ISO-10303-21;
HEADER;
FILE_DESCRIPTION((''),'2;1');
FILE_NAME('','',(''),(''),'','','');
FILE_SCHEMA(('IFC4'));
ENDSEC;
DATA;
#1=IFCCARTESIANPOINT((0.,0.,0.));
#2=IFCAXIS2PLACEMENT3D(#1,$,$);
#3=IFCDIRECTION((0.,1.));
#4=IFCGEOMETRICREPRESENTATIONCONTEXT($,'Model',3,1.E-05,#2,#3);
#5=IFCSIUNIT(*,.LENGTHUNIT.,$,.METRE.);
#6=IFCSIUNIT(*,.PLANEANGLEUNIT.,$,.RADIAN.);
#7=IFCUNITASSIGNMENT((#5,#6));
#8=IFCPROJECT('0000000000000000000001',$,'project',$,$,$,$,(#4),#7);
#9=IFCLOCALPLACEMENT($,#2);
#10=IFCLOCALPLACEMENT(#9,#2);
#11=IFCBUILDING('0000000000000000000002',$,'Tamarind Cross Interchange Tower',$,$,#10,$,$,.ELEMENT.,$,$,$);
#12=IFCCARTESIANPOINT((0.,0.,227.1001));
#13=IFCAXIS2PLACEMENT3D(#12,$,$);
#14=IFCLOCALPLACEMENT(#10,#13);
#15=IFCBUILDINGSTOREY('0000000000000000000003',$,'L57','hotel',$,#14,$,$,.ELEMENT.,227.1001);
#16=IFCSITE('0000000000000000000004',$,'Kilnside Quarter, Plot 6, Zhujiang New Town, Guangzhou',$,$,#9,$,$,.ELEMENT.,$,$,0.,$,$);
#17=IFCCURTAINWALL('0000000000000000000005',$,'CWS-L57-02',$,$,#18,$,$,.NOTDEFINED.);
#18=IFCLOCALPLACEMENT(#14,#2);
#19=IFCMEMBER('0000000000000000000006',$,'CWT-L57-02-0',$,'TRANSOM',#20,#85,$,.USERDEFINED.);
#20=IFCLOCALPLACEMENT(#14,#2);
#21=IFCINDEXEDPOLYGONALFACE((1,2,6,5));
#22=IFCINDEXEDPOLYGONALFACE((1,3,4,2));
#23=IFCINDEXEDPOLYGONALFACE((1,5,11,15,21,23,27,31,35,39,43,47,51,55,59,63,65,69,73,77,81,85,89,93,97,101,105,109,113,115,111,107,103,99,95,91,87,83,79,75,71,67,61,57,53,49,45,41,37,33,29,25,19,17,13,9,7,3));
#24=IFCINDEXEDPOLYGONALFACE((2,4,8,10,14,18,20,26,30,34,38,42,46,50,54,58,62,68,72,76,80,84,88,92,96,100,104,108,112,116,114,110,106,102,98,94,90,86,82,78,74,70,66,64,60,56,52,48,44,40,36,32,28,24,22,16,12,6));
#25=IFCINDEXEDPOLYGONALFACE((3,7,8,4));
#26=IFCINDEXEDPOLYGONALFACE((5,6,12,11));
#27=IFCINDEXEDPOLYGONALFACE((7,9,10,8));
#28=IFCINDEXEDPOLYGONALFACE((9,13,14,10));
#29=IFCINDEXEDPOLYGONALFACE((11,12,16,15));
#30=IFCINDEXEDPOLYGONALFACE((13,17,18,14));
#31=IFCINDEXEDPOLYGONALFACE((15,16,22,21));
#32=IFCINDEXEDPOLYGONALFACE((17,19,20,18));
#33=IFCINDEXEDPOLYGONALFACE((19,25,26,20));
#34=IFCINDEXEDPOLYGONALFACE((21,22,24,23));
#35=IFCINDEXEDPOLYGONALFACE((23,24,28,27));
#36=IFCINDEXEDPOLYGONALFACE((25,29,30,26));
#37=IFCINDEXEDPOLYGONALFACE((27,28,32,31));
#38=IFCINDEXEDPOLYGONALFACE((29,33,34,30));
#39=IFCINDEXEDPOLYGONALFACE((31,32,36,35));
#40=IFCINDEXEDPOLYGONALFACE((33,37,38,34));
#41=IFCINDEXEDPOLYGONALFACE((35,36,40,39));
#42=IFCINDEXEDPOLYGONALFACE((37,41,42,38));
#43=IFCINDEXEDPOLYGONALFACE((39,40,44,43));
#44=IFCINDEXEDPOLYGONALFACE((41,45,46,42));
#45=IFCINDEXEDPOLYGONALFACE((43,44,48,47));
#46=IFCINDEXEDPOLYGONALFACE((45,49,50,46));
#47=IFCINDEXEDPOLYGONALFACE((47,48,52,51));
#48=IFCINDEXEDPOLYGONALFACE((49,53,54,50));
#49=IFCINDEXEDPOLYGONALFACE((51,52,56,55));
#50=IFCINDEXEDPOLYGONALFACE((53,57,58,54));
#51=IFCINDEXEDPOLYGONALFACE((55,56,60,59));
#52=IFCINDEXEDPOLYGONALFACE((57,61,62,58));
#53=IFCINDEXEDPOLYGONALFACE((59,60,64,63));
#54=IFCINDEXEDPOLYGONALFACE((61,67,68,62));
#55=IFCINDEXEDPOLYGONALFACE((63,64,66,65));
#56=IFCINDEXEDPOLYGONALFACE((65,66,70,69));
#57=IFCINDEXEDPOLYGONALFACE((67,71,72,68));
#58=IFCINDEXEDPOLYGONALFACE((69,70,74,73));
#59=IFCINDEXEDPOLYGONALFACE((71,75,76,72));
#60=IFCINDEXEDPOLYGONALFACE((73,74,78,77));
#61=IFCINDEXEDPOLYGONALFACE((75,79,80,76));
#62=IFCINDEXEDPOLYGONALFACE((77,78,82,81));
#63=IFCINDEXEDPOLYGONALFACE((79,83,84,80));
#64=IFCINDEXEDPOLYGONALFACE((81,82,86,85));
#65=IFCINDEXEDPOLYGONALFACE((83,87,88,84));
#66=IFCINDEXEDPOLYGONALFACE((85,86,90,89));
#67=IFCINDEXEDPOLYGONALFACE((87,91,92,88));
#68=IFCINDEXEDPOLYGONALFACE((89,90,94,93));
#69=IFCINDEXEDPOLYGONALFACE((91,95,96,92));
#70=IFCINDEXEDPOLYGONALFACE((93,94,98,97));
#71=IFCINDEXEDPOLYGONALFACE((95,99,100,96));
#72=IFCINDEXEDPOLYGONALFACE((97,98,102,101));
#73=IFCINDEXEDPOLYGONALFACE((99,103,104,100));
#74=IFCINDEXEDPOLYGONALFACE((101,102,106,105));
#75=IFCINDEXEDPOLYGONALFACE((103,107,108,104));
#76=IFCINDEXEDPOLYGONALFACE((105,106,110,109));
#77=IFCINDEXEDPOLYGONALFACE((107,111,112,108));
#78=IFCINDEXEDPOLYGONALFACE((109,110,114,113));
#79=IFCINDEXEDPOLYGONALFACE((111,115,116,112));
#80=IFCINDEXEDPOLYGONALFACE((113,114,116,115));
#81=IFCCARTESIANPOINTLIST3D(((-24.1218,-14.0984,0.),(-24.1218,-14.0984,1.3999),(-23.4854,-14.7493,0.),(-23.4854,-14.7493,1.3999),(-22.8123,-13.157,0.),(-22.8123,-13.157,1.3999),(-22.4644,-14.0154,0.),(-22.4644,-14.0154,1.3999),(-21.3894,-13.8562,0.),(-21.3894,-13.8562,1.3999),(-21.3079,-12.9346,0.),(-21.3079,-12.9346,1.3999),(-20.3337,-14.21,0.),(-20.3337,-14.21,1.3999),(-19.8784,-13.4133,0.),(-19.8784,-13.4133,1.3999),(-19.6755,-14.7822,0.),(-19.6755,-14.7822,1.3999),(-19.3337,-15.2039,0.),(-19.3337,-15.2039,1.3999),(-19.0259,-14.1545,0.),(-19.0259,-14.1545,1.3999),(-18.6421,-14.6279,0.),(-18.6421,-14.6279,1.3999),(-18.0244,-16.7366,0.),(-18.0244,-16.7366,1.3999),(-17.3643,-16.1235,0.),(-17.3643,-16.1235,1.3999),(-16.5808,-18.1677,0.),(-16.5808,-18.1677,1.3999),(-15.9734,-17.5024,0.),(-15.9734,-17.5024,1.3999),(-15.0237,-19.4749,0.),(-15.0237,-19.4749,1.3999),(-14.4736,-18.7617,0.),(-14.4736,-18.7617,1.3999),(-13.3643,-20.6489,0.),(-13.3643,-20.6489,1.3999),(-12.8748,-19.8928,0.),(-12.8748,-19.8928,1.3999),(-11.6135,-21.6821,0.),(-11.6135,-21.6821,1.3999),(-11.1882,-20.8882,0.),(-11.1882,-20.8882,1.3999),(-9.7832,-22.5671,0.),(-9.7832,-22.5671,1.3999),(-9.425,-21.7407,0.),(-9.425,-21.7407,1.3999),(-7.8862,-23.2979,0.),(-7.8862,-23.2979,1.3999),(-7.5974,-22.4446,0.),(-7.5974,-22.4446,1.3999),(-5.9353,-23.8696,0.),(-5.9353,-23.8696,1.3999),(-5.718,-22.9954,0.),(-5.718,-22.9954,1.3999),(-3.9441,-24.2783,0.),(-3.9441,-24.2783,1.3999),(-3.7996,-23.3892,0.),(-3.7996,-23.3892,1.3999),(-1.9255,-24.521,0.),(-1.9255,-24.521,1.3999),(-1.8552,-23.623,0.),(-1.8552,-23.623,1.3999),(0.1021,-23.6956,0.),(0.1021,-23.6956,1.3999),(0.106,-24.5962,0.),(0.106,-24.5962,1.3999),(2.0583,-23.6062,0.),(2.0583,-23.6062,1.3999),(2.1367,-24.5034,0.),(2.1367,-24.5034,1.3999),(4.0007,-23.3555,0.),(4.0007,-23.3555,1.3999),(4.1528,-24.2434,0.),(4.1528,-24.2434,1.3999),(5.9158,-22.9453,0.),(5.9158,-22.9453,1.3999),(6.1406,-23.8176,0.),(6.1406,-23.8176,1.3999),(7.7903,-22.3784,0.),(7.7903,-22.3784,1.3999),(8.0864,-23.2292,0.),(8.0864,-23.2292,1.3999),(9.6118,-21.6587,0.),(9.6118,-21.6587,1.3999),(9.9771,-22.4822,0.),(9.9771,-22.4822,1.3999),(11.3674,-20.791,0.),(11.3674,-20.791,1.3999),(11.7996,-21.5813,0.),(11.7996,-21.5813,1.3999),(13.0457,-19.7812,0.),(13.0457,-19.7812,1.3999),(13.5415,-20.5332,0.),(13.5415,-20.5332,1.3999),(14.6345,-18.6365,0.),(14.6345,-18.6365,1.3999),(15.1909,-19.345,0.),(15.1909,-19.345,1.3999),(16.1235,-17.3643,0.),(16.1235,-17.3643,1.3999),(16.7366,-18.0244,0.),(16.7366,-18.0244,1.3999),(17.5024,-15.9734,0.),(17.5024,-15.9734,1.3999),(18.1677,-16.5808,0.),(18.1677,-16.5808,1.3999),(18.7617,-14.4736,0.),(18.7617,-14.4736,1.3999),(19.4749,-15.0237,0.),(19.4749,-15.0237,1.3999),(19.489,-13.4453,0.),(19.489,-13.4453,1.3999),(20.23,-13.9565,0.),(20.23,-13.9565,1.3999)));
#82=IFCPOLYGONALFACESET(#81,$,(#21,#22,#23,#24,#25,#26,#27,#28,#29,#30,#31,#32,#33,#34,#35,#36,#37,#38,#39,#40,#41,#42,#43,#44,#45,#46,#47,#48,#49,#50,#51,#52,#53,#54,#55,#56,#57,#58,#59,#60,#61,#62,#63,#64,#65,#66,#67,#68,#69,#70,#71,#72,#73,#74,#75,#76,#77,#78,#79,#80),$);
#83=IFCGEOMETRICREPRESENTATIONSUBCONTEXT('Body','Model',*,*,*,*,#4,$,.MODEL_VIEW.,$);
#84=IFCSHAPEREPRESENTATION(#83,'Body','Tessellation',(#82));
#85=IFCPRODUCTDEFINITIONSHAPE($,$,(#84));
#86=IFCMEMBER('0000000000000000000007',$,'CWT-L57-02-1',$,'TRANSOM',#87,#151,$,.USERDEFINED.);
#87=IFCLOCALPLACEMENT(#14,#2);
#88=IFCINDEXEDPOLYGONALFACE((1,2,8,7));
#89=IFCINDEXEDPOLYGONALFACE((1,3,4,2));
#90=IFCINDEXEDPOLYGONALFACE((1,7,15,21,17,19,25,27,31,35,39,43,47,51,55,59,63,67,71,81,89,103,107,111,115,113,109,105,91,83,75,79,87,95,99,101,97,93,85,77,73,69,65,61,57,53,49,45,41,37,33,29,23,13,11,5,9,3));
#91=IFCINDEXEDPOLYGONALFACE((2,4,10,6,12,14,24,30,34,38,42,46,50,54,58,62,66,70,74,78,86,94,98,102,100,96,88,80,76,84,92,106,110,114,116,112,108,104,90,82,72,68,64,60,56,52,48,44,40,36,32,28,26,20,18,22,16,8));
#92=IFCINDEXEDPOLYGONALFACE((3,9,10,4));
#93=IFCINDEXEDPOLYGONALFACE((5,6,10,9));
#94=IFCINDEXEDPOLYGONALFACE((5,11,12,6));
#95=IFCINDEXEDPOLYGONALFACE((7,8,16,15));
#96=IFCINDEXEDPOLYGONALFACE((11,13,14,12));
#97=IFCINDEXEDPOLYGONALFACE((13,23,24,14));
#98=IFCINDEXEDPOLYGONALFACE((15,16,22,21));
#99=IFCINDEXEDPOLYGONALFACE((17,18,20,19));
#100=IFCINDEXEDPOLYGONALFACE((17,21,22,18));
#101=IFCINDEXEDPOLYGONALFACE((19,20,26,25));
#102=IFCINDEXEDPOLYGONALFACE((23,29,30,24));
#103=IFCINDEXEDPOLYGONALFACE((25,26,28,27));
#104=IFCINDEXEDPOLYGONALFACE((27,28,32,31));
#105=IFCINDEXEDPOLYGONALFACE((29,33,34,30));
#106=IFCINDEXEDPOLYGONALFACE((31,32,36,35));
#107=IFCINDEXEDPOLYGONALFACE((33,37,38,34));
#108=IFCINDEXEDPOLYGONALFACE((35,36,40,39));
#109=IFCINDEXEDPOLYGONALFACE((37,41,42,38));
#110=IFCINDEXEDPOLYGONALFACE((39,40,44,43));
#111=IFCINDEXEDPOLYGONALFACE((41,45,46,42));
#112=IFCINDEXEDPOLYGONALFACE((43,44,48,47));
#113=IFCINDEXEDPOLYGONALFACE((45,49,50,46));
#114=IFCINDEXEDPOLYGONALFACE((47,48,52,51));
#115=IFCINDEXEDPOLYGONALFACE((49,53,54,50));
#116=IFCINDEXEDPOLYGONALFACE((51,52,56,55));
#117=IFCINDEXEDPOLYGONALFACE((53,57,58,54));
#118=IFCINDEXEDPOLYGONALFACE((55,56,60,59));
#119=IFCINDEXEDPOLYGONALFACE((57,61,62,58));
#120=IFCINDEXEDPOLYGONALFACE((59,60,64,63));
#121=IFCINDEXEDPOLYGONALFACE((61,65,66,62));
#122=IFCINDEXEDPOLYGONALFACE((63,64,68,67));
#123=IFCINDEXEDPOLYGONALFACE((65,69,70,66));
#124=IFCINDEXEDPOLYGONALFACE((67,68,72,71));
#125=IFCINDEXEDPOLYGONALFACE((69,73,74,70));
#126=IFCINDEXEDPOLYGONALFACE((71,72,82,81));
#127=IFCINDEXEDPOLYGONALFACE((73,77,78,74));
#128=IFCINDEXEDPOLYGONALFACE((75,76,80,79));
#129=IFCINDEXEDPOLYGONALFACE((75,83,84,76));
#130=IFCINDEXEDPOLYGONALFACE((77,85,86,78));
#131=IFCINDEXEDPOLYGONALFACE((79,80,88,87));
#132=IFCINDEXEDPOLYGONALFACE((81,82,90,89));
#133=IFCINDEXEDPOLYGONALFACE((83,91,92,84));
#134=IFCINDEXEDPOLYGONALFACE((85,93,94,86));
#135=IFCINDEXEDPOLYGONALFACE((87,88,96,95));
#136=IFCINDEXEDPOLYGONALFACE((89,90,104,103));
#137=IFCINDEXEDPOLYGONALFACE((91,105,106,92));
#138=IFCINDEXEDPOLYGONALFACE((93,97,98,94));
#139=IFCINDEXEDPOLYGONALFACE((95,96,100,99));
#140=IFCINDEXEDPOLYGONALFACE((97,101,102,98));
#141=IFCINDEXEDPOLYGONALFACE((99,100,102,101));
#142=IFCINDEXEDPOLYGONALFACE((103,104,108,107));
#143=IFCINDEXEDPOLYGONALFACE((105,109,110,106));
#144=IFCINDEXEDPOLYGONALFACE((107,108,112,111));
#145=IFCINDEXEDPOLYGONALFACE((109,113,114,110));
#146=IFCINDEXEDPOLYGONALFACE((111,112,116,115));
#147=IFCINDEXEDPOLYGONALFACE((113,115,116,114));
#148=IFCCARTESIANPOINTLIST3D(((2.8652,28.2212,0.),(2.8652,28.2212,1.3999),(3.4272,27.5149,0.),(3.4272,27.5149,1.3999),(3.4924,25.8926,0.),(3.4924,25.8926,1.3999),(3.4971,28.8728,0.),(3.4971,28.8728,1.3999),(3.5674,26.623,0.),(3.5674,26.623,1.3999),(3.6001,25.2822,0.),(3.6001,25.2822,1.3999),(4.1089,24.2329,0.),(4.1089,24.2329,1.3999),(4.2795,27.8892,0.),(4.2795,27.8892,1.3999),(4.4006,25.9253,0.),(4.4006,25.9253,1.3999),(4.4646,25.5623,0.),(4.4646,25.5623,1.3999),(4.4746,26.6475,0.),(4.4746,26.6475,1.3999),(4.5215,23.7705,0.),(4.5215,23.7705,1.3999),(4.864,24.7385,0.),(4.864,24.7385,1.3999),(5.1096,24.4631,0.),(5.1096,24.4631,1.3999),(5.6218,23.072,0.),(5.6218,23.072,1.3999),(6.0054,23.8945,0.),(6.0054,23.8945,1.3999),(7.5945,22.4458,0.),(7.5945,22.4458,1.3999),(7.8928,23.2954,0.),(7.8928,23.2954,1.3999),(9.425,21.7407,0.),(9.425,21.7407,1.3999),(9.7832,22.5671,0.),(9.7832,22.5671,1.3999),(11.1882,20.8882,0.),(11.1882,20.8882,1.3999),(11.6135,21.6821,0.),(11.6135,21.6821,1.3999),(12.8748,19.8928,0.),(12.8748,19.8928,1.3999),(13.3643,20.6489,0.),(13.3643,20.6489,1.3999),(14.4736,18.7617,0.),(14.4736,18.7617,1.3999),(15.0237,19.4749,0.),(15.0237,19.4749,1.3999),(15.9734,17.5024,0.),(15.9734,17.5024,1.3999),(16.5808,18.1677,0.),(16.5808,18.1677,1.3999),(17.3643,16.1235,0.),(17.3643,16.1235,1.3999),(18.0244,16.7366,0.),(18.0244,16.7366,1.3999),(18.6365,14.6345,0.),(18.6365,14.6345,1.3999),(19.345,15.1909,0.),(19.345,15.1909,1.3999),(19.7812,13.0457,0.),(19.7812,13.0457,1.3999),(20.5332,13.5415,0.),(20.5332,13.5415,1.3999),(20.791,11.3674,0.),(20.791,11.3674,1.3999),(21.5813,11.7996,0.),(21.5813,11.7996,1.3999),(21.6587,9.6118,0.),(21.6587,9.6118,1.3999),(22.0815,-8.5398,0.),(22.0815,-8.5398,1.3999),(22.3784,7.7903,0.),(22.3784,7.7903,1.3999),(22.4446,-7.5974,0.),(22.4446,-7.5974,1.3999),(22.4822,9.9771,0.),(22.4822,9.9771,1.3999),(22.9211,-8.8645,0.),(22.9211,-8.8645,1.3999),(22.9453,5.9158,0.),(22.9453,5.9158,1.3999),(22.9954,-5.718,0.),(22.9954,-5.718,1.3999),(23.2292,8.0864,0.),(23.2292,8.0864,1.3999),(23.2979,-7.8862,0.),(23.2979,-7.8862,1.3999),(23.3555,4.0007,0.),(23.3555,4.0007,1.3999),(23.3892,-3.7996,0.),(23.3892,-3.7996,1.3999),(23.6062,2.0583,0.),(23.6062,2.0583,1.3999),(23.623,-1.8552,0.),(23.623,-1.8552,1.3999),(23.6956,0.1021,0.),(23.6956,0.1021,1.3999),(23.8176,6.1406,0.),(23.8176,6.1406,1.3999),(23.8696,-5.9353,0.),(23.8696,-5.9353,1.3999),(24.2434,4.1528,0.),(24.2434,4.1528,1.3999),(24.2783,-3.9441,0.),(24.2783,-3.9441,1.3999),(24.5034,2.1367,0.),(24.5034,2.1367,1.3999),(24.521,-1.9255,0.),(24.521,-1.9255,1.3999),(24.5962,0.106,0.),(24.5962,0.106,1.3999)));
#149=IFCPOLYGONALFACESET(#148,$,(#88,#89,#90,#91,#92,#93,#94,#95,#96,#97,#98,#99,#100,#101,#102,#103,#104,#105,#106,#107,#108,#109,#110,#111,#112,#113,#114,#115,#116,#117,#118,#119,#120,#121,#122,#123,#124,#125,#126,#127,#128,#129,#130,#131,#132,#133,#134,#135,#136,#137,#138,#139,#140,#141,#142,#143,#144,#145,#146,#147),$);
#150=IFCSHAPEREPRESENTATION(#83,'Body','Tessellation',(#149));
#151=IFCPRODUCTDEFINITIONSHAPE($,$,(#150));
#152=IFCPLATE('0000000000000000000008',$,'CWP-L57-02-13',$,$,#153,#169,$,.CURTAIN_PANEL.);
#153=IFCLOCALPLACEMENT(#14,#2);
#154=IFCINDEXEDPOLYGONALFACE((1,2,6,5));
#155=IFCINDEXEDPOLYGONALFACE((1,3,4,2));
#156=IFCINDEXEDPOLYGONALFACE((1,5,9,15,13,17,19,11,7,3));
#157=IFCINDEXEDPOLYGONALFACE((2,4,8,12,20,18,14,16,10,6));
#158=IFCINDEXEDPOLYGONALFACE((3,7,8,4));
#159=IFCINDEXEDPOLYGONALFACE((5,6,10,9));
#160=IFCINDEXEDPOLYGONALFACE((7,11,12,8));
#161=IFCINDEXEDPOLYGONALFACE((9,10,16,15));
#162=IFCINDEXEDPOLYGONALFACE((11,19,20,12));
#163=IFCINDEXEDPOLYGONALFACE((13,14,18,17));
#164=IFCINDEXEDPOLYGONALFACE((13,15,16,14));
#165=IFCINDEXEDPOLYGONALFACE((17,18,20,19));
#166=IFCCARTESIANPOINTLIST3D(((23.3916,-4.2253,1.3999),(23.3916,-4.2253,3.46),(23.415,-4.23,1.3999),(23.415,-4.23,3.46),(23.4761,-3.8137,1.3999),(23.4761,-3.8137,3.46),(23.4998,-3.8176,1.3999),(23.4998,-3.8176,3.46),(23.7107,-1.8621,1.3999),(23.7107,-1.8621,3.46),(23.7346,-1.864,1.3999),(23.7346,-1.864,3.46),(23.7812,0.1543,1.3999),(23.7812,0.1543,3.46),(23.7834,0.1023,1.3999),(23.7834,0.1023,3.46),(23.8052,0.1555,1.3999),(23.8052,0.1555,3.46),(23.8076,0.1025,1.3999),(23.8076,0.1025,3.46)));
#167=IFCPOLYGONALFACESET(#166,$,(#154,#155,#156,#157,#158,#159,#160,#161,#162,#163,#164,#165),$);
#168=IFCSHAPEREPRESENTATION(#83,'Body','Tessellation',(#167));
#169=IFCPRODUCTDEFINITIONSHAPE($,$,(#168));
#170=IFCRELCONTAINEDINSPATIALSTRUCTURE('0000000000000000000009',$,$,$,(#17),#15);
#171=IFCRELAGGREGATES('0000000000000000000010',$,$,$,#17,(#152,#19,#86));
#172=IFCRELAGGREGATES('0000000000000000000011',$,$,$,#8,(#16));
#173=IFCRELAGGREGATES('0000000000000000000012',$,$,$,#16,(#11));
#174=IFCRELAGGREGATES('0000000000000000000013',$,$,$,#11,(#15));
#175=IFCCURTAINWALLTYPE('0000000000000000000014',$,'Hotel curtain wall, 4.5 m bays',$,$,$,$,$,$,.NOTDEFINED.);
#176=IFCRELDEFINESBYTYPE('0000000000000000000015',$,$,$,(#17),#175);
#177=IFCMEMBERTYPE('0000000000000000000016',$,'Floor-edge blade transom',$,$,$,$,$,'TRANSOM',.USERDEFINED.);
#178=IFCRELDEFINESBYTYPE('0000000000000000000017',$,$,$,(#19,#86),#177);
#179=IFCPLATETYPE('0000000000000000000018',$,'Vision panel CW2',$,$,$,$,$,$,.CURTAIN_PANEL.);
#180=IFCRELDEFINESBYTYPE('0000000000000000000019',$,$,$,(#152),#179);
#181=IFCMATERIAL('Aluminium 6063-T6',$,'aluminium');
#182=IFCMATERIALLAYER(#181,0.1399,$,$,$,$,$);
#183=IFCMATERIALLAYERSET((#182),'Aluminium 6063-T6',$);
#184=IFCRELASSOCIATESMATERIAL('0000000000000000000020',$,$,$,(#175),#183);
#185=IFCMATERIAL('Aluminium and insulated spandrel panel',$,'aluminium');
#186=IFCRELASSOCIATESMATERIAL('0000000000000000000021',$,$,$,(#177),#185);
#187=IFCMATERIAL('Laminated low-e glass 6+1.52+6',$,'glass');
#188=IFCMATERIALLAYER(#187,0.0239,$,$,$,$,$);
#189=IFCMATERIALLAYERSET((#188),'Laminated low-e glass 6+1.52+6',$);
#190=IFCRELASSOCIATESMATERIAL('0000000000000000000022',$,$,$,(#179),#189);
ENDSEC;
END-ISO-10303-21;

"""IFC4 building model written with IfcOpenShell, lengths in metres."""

from ifc_helpers import new_model, si_unit, direction, frame, origin, place, context, subcontext, project, spatial, polyline, outline, extrude, material, layer, layer_set, type_object, element, aggregate, save


model = new_model("IFC4")

# Units and contexts
model_context = context("Model", 3, precision=1e-05, world=origin(), true_north=direction((0.0, 1.0)))
body_context = subcontext(model_context, "Body", "Model", "MODEL_VIEW")
ifc_project = project(units=[si_unit("LENGTHUNIT", "METRE"), si_unit("PLANEANGLEUNIT", "RADIAN")], contexts=[model_context])

# Site, building, storey
site_placement = place(None, origin())
site = spatial("IfcSite", under=ifc_project, at=site_placement, Name="Kilnside Quarter, Plot 6, Zhujiang New Town, Guangzhou", CompositionType="ELEMENT", RefElevation=0.0)
building_placement = place(site_placement, origin())
building = spatial("IfcBuilding", under=site, at=building_placement, Name="Tamarind Cross Interchange Tower", CompositionType="ELEMENT")
storey_placement = place(building_placement, frame((0.0, 0.0, 227.1001)))
storey = spatial("IfcBuildingStorey", under=building, at=storey_placement, Name="L57", Description="hotel", CompositionType="ELEMENT", Elevation=227.1001)

# Curtain wall, members, plate
ifc_material_1 = material(Name="Aluminium 6063-T6", Category="aluminium")
ifc_layer_1 = layer(ifc_material_1, 0.1399)
ifc_layer_set_1 = layer_set([ifc_layer_1], Name="Aluminium 6063-T6")
curtain_wall_type = type_object("IfcCurtainWallType", Name="Hotel curtain wall, 4.5 m bays", PredefinedType="NOTDEFINED", material=ifc_layer_set_1)
curtain_wall_placement = place(storey_placement, origin())
curtain_wall = element("IfcCurtainWall", 1, at=curtain_wall_placement, inside=storey, type_object=curtain_wall_type, Name="CWS-L57-02", PredefinedType="NOTDEFINED")
ifc_material_2 = material(Name="Aluminium and insulated spandrel panel", Category="aluminium")
member_type = type_object("IfcMemberType", Name="Floor-edge blade transom", ElementType="TRANSOM", PredefinedType="USERDEFINED", material=ifc_material_2)
member_1_placement = place(storey_placement, origin())
member_1 = element("IfcMember", 2, at=member_1_placement, type_object=member_type, Name="CWT-L57-02-0", ObjectType="TRANSOM", PredefinedType="USERDEFINED", context=body_context, shape_type="SweptSolid", body=[
    extrude(outline(polyline([(-24.1218, -14.0984), (-22.8123, -13.157), (-21.3079, -12.9346), (-19.8784, -13.4133), (-19.0259, -14.1545), (-18.6421, -14.6279), (-17.3643, -16.1235), (-15.9734, -17.5024), (-14.4736, -18.7617), (-12.8748, -19.8928), (-11.1882, -20.8882), (-9.425, -21.7407), (-7.5974, -22.4446), (-5.718, -22.9954), (-3.7996, -23.3892), (-1.8552, -23.623), (0.1021, -23.6956), (2.0583, -23.6062), (4.0007, -23.3555), (5.9158, -22.9453), (7.7903, -22.3784), (9.6118, -21.6587), (11.3674, -20.791), (13.0457, -19.7812), (14.6345, -18.6365), (16.1235, -17.3643), (17.5024, -15.9734), (18.7617, -14.4736), (19.489, -13.4453), (20.23, -13.9565), (19.4749, -15.0237), (18.1677, -16.5808), (16.7366, -18.0244), (15.1909, -19.345), (13.5415, -20.5332), (11.7996, -21.5813), (9.9771, -22.4822), (8.0864, -23.2292), (6.1406, -23.8176), (4.1528, -24.2434), (2.1367, -24.5034), (0.106, -24.5962), (-1.9255, -24.521), (-3.9441, -24.2783), (-5.9353, -23.8696), (-7.8862, -23.2979), (-9.7832, -22.5671), (-11.6135, -21.6821), (-13.3643, -20.6489), (-15.0237, -19.4749), (-16.5808, -18.1677), (-18.0244, -16.7366), (-19.3337, -15.2039), (-19.6755, -14.7822), (-20.3337, -14.21), (-21.3894, -13.8562), (-22.4644, -14.0154), (-23.4854, -14.7493), (-24.1218, -14.0984)])), origin(), (0.0, 0.0, 1.0), 1.3999),
])
member_2_placement = place(storey_placement, origin())
member_2 = element("IfcMember", 3, at=member_2_placement, type_object=member_type, Name="CWT-L57-02-1", ObjectType="TRANSOM", PredefinedType="USERDEFINED", context=body_context, shape_type="SweptSolid", body=[
    extrude(outline(polyline([(22.0815, -8.5398), (22.4446, -7.5974), (22.9954, -5.718), (23.3892, -3.7996), (23.623, -1.8552), (23.6956, 0.1021), (23.6062, 2.0583), (23.3555, 4.0007), (22.9453, 5.9158), (22.3784, 7.7903), (21.6587, 9.6118), (20.791, 11.3674), (19.7812, 13.0457), (18.6365, 14.6345), (17.3643, 16.1235), (15.9734, 17.5024), (14.4736, 18.7617), (12.8748, 19.8928), (11.1882, 20.8882), (9.425, 21.7407), (7.5945, 22.4458), (5.6218, 23.072), (4.5215, 23.7705), (4.1089, 24.2329), (3.6001, 25.2822), (3.4924, 25.8926), (3.5674, 26.623), (3.4272, 27.5149), (2.8652, 28.2212), (3.4971, 28.8728), (4.2795, 27.8892), (4.4746, 26.6475), (4.4006, 25.9253), (4.4646, 25.5623), (4.864, 24.7385), (5.1096, 24.4631), (6.0054, 23.8945), (7.8928, 23.2954), (9.7832, 22.5671), (11.6135, 21.6821), (13.3643, 20.6489), (15.0237, 19.4749), (16.5808, 18.1677), (18.0244, 16.7366), (19.345, 15.1909), (20.5332, 13.5415), (21.5813, 11.7996), (22.4822, 9.9771), (23.2292, 8.0864), (23.8176, 6.1406), (24.2434, 4.1528), (24.5034, 2.1367), (24.5962, 0.106), (24.521, -1.9255), (24.2783, -3.9441), (23.8696, -5.9353), (23.2979, -7.8862), (22.9211, -8.8645), (22.0815, -8.5398)])), origin(), (0.0, 0.0, 1.0), 1.3999),
])
ifc_material_3 = material(Name="Laminated low-e glass 6+1.52+6", Category="glass")
ifc_layer_2 = layer(ifc_material_3, 0.0239)
ifc_layer_set_2 = layer_set([ifc_layer_2], Name="Laminated low-e glass 6+1.52+6")
plate_type = type_object("IfcPlateType", Name="Vision panel CW2", PredefinedType="CURTAIN_PANEL", material=ifc_layer_set_2)
plate_1_placement = place(storey_placement, frame((0.0, 0.0, 1.3999)))
plate_1 = element("IfcPlate", 4, at=plate_1_placement, type_object=plate_type, Name="CWP-L57-02-13", PredefinedType="CURTAIN_PANEL", context=body_context, shape_type="SweptSolid", body=[
    extrude(outline(polyline([(23.3916, -4.2253), (23.4761, -3.8137), (23.7107, -1.8621), (23.7834, 0.1023), (23.7812, 0.1543), (23.8052, 0.1555), (23.8076, 0.1025), (23.7346, -1.864), (23.4998, -3.8176), (23.415, -4.23), (23.3916, -4.2253)])), origin(), (0.0, 0.0, 1.0), 2.0601),
])
aggregate(curtain_wall, [plate_1, member_1, member_2])

save(model, "model.ifc")
